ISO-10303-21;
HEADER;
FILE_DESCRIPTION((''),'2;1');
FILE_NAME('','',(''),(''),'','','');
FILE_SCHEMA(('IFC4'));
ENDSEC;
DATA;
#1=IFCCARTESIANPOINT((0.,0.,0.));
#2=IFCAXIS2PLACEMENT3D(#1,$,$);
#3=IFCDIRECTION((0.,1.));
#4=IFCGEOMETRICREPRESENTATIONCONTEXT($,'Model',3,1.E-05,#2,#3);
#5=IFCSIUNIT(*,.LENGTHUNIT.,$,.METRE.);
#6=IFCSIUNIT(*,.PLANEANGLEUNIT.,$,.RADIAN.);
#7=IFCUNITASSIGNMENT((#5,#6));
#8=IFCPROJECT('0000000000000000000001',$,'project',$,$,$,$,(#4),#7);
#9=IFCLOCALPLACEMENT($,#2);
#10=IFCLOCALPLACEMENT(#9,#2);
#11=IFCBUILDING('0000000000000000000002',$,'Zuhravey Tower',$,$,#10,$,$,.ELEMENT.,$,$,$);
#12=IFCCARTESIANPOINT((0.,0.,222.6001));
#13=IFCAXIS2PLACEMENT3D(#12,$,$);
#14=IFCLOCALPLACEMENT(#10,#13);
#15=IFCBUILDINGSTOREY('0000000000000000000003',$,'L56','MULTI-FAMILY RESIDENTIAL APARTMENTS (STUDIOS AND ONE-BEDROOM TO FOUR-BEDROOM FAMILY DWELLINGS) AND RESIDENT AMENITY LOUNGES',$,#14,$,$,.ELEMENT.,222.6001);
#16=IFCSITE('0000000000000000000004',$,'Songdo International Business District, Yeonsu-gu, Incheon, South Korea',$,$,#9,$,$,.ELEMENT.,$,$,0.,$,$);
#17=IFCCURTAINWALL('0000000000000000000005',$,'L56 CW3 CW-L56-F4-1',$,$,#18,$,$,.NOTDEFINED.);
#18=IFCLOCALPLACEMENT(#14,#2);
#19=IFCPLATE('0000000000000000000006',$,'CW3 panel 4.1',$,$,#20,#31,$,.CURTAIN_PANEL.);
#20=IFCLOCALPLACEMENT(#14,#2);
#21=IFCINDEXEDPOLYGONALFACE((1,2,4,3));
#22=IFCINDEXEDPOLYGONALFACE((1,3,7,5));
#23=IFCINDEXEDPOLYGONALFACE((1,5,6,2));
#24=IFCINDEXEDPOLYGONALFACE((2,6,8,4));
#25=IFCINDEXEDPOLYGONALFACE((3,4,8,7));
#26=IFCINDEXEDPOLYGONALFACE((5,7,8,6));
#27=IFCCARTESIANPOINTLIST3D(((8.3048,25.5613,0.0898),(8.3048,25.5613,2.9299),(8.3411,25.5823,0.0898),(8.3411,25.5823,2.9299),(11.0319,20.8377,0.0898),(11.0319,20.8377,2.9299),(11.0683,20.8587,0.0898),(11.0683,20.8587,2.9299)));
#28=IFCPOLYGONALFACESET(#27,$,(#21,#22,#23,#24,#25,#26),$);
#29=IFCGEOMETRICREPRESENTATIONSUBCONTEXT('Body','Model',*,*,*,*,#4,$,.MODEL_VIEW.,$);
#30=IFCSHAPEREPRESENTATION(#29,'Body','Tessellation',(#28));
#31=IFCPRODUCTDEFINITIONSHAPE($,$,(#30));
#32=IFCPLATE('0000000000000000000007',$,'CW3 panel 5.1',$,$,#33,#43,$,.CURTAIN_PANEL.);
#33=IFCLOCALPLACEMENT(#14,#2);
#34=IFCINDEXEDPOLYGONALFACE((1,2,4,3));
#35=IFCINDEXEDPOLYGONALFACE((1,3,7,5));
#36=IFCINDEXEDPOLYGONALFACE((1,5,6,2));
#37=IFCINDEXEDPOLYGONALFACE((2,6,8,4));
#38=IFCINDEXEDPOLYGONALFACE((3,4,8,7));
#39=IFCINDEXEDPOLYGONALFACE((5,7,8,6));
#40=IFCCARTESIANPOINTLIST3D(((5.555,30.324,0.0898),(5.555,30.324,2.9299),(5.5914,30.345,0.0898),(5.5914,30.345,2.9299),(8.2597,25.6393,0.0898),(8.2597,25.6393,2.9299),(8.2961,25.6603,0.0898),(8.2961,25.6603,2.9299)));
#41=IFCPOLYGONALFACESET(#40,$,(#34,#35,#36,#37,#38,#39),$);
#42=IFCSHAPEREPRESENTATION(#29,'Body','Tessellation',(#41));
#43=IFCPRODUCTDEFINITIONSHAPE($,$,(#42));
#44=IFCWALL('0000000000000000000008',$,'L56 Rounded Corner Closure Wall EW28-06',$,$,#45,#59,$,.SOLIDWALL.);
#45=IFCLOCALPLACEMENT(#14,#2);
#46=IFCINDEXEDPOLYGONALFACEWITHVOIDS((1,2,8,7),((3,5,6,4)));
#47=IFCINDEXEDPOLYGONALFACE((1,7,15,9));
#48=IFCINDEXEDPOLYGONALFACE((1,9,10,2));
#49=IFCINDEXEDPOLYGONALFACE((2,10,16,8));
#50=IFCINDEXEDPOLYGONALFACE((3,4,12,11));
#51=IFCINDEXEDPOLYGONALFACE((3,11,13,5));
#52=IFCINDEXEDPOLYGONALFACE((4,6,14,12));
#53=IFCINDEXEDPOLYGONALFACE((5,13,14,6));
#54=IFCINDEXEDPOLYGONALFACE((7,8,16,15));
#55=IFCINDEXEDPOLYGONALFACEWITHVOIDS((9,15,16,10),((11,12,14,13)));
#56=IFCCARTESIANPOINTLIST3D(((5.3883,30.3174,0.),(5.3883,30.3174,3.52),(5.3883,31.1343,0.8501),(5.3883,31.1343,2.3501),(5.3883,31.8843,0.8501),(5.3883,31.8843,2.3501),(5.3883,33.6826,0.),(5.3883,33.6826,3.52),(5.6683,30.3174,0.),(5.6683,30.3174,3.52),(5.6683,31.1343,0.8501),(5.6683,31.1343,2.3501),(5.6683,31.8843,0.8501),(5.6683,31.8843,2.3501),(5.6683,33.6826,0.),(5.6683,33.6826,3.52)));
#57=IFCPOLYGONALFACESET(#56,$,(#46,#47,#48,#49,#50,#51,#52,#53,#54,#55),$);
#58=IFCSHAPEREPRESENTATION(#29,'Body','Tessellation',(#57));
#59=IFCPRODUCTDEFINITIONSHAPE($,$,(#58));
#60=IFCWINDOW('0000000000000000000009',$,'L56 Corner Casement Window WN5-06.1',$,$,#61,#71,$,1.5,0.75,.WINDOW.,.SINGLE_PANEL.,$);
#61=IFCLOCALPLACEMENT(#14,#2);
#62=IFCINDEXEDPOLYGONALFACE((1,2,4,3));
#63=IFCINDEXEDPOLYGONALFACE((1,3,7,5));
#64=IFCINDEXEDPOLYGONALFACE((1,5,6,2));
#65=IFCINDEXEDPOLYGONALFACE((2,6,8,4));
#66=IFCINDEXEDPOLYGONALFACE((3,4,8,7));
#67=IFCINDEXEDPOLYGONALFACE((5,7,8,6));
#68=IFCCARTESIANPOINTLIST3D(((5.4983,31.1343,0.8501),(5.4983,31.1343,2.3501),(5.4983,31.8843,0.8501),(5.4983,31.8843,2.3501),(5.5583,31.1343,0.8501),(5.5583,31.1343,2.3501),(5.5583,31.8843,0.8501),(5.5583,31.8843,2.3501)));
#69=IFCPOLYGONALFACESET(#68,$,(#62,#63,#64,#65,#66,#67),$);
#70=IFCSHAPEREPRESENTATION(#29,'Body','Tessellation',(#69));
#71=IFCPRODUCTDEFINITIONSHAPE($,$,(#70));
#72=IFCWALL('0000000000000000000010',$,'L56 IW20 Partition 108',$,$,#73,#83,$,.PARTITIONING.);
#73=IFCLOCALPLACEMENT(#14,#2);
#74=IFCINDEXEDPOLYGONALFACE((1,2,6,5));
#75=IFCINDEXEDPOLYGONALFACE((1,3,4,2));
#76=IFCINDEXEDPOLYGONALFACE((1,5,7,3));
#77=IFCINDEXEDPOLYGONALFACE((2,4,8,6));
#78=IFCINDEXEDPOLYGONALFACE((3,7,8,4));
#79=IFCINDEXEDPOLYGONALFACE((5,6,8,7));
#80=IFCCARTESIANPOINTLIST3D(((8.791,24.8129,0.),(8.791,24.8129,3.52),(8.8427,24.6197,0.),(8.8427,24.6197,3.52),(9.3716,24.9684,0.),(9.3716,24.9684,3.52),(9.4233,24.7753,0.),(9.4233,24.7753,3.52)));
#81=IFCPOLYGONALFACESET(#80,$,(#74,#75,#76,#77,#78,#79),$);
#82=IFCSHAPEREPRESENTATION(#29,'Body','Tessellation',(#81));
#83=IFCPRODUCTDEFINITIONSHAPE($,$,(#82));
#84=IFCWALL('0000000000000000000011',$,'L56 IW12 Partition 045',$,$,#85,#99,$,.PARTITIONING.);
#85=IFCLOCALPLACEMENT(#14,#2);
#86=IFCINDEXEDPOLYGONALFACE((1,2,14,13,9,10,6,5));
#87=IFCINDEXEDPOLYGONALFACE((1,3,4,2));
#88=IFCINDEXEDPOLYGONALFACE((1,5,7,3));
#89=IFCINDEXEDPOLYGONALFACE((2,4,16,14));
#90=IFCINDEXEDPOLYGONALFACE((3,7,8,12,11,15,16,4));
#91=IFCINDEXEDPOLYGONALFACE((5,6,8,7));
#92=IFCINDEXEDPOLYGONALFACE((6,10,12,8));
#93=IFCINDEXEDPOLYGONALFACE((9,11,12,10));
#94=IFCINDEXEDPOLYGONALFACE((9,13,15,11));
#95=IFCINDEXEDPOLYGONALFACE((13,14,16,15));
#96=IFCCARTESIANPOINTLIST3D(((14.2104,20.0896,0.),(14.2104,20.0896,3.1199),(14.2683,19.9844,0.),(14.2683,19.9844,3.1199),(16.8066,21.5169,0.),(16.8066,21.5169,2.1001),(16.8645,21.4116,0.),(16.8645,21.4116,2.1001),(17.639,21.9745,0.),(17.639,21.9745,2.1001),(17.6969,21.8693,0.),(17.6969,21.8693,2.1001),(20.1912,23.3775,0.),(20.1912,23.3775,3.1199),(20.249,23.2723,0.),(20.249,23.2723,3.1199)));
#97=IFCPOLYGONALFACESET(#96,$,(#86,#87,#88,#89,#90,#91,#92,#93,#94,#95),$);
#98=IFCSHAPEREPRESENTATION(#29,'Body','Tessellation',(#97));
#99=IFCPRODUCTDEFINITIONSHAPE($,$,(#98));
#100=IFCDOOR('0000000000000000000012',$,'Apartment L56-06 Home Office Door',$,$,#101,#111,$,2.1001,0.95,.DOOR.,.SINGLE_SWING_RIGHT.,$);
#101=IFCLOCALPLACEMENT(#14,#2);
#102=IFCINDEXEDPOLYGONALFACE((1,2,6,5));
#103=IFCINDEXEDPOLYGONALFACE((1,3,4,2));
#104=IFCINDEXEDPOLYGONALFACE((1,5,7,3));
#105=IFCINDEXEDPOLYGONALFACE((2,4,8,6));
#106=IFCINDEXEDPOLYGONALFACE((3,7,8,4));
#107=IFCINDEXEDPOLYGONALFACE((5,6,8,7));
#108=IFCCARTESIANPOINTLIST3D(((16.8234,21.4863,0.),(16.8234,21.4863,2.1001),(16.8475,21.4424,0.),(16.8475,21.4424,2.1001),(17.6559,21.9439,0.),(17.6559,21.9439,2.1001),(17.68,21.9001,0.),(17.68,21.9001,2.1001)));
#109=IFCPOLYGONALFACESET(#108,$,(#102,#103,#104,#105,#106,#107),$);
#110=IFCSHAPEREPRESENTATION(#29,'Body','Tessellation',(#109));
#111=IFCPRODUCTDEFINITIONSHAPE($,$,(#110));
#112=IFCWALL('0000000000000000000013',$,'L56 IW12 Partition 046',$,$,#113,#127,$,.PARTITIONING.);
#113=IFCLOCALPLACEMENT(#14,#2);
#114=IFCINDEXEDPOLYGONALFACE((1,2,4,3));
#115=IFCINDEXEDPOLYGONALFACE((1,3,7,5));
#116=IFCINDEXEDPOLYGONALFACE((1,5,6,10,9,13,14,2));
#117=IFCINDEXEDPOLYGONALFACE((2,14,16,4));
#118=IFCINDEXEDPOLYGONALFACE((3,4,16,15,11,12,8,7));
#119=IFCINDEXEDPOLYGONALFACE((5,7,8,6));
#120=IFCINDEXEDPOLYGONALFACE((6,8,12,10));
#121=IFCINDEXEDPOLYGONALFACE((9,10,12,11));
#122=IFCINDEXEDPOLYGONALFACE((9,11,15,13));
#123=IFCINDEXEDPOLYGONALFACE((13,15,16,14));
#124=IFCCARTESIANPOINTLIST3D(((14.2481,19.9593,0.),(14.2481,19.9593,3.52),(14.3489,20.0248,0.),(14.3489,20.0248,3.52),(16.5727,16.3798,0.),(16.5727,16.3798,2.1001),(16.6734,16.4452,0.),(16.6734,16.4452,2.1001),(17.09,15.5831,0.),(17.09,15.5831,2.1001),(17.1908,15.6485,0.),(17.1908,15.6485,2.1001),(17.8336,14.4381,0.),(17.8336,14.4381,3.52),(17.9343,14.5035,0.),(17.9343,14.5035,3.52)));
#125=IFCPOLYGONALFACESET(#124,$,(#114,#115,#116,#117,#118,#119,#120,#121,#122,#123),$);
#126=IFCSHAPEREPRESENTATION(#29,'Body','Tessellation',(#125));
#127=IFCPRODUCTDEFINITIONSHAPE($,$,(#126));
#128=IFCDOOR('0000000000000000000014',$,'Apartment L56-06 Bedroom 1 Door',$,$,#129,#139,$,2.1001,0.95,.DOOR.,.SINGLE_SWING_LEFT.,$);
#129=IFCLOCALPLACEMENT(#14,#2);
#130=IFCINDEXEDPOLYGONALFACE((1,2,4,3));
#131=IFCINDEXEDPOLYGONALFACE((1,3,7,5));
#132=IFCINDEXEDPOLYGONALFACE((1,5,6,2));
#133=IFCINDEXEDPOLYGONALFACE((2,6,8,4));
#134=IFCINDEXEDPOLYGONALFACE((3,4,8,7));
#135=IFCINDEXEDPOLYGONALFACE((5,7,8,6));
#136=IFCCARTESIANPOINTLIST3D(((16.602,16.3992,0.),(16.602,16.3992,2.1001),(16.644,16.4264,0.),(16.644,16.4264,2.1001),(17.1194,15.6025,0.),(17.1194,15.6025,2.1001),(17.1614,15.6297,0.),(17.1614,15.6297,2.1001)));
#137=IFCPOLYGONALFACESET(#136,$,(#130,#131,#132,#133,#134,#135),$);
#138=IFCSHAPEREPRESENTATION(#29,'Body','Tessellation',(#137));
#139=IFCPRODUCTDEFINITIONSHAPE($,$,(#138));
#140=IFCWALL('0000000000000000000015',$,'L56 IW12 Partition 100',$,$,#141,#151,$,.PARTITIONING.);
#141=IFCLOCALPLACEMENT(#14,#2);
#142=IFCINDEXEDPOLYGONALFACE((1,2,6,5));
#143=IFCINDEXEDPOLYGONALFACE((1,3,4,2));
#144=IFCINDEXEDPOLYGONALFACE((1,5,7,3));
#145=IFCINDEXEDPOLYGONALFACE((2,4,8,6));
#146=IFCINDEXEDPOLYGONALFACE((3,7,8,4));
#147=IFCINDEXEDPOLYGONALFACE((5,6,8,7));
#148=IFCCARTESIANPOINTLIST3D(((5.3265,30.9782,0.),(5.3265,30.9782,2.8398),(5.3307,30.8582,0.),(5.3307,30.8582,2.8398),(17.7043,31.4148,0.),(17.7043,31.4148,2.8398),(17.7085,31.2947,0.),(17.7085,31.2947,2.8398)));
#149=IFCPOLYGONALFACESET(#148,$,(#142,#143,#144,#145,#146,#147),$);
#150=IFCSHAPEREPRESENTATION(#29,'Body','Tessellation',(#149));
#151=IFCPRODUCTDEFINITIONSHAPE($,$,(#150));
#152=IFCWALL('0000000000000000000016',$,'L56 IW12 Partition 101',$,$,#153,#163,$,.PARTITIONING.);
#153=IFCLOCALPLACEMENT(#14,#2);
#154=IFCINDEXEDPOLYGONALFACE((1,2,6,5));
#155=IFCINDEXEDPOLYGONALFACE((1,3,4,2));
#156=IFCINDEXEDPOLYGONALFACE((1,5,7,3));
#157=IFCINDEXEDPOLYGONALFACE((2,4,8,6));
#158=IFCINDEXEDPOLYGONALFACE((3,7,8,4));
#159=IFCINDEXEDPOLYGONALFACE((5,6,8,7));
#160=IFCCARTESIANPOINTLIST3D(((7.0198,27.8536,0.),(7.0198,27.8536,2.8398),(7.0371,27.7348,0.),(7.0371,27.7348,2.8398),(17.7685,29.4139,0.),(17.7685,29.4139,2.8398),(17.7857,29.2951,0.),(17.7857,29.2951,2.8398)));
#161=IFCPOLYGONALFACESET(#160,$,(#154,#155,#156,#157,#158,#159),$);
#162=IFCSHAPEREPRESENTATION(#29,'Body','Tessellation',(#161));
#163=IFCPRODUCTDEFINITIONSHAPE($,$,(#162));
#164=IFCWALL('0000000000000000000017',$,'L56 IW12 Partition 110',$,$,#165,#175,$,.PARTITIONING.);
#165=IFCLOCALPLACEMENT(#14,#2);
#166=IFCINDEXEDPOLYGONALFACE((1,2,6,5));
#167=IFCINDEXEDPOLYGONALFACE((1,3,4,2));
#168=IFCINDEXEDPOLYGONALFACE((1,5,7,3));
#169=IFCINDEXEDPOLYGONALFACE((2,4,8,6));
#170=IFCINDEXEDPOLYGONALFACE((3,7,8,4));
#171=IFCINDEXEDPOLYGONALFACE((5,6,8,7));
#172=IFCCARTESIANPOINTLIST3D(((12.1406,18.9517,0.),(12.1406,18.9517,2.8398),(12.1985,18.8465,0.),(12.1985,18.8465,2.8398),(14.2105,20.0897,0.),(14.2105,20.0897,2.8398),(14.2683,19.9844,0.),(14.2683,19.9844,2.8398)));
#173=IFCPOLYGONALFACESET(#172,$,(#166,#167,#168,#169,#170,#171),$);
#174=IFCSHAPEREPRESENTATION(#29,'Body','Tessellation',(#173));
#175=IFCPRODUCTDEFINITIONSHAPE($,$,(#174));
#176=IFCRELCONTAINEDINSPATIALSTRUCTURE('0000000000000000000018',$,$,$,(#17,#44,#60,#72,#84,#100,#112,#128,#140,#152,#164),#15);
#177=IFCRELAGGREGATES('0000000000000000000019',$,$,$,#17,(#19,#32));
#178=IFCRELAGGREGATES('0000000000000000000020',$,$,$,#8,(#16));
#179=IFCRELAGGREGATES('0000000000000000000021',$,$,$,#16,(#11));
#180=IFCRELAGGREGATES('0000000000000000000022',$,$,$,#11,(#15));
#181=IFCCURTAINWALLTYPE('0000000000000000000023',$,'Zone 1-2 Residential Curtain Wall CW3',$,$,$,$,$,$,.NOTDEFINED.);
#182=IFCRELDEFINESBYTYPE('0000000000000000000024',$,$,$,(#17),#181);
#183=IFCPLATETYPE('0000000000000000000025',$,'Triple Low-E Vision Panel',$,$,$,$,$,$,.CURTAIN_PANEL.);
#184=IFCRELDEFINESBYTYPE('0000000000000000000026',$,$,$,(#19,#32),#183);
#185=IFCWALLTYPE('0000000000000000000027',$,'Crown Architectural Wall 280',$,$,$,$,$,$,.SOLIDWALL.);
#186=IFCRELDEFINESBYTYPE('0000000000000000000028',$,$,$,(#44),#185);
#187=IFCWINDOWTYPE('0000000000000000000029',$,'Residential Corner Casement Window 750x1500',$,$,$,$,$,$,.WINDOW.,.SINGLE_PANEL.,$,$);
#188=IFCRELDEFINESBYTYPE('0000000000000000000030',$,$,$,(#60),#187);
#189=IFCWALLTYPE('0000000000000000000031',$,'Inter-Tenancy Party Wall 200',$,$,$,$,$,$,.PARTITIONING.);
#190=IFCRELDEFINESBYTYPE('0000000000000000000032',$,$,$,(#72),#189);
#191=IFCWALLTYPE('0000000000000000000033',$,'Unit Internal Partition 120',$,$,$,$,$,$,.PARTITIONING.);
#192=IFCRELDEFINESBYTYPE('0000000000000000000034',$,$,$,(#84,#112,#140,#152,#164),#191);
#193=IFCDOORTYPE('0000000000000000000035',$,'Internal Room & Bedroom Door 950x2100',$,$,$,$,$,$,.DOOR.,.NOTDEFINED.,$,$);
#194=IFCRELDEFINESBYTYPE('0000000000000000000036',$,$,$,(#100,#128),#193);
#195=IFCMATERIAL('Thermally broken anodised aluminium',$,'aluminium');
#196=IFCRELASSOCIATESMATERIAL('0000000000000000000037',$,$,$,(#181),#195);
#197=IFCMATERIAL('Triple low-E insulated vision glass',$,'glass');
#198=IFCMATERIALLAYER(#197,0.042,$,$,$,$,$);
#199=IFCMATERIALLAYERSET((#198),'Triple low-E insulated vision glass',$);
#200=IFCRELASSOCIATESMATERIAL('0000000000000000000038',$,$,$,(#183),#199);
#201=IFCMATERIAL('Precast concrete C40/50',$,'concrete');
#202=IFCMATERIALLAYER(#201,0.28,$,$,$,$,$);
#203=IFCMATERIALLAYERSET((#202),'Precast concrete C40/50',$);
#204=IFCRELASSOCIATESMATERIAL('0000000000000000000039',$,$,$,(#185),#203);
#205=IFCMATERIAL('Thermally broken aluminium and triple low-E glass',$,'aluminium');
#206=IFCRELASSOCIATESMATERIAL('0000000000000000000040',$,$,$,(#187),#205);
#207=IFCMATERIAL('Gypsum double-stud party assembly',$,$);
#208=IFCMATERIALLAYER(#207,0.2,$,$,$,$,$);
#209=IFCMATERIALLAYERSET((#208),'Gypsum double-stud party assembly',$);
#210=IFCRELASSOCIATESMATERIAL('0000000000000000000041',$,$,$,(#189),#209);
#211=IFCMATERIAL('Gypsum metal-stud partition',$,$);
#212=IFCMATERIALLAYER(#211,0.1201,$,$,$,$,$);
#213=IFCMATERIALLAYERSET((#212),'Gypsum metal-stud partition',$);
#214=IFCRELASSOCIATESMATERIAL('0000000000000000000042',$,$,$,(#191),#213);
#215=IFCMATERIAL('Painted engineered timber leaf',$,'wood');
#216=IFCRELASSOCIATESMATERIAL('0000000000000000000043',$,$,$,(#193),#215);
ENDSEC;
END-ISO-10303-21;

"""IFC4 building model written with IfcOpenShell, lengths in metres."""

from ifc_helpers import new_model, si_unit, direction, frame, frame_2d, origin, origin_2d, place, context, subcontext, project, spatial, rectangle, extrude, material, layer, layer_set, type_object, element, fill, aggregate, save


model = new_model("IFC4")

# Units and contexts
model_context = context("Model", 3, precision=1e-05, world=origin(), true_north=direction((0.0, 1.0)))
body_context = subcontext(model_context, "Body", "Model", "MODEL_VIEW")
ifc_project = project(units=[si_unit("LENGTHUNIT", "METRE"), si_unit("PLANEANGLEUNIT", "RADIAN")], contexts=[model_context])

# Site, building, storey
site_placement = place(None, origin())
site = spatial("IfcSite", under=ifc_project, at=site_placement, Name="Songdo International Business District, Yeonsu-gu, Incheon, South Korea", CompositionType="ELEMENT", RefElevation=0.0)
building_placement = place(site_placement, origin())
building = spatial("IfcBuilding", under=site, at=building_placement, Name="Zuhravey Tower", CompositionType="ELEMENT")
storey_placement = place(building_placement, frame((0.0, 0.0, 222.6001)))
storey = spatial("IfcBuildingStorey", under=building, at=storey_placement, Name="L56", Description="MULTI-FAMILY RESIDENTIAL APARTMENTS (STUDIOS AND ONE-BEDROOM TO FOUR-BEDROOM FAMILY DWELLINGS) AND RESIDENT AMENITY LOUNGES", CompositionType="ELEMENT", Elevation=222.6001)

# Curtain wall
ifc_material_1 = material(Name="Thermally broken anodised aluminium", Category="aluminium")
curtain_wall_type = type_object("IfcCurtainWallType", Name="Zone 1-2 Residential Curtain Wall CW3", PredefinedType="NOTDEFINED", material=ifc_material_1)
curtain_wall_placement = place(storey_placement, origin())
curtain_wall = element("IfcCurtainWall", 1, at=curtain_wall_placement, inside=storey, type_object=curtain_wall_type, Name="L56 CW3 CW-L56-F4-1", PredefinedType="NOTDEFINED")

# Plates
ifc_material_2 = material(Name="Triple low-E insulated vision glass", Category="glass")
ifc_layer_1 = layer(ifc_material_2, 0.042)
ifc_layer_set_1 = layer_set([ifc_layer_1], Name="Triple low-E insulated vision glass")
plate_type_1 = type_object("IfcPlateType", Name="Triple Low-E Vision Panel", PredefinedType="CURTAIN_PANEL", material=ifc_layer_set_1)
plate_1_placement = place(storey_placement, frame((9.6865, 23.21, 0.0898), z_axis=(0.0, 0.0, 1.0), x_axis=(-0.5, 0.866025, 0.0)))
plate_1 = element("IfcPlate", 2, at=plate_1_placement, type_object=plate_type_1, Name="CW3 panel 4.1", PredefinedType="CURTAIN_PANEL", context=body_context, shape_type="SweptSolid", body=[
    extrude(rectangle(XDim=5.4543, YDim=0.042, at=origin_2d()), origin(), (0.0, 0.0, 1.0), 2.8401),
])
plate_2_placement = place(storey_placement, frame((6.9255, 27.9922, 0.0898), z_axis=(0.0, 0.0, 1.0), x_axis=(-0.5, 0.866025, 0.0)))
plate_2 = element("IfcPlate", 3, at=plate_2_placement, type_object=plate_type_1, Name="CW3 panel 5.1", PredefinedType="CURTAIN_PANEL", context=body_context, shape_type="SweptSolid", body=[
    extrude(rectangle(XDim=5.4094, YDim=0.042, at=origin_2d()), origin(), (0.0, 0.0, 1.0), 2.8401),
])
aggregate(curtain_wall, [plate_1, plate_2])

# Wall, opening, window
ifc_material_3 = material(Name="Precast concrete C40/50", Category="concrete")
ifc_layer_2 = layer(ifc_material_3, 0.28)
ifc_layer_set_2 = layer_set([ifc_layer_2], Name="Precast concrete C40/50")
wall_type_1 = type_object("IfcWallType", Name="Crown Architectural Wall 280", PredefinedType="SOLIDWALL", material=ifc_layer_set_2)
wall_1_placement = place(storey_placement, frame((5.5283, 30.3174, 0.0), z_axis=(0.0, 0.0, 1.0), x_axis=(0.0, 1.0, 0.0)))
wall_1 = element("IfcWall", 4, at=wall_1_placement, inside=storey, type_object=wall_type_1, Name="L56 Rounded Corner Closure Wall EW28-06", PredefinedType="SOLIDWALL", context=body_context, shape_type="SweptSolid", body=[
    extrude(rectangle(XDim=3.3652, YDim=0.28, at=frame_2d((1.6826, 0.0))), origin(), (0.0, 0.0, 1.0), 3.52),
])
opening_1_placement = place(wall_1_placement, frame((0.8169, 0.0, 0.8501)))
opening_1 = element("IfcOpeningElement", 5, at=opening_1_placement, cuts=wall_1, PredefinedType="OPENING", context=body_context, shape_type="SweptSolid", body=[
    extrude(rectangle(XDim=0.75, YDim=1.5, at=frame_2d((0.375, 0.75))), frame((0.0, 0.1521, 0.0), z_axis=(0.0, -1.0, 0.0), x_axis=(1.0, 0.0, 0.0)), (0.0, 0.0, 1.0), 0.304),
])
ifc_material_4 = material(Name="Thermally broken aluminium and triple low-E glass", Category="aluminium")
window_type = type_object("IfcWindowType", Name="Residential Corner Casement Window 750x1500", PartitioningType="SINGLE_PANEL", PredefinedType="WINDOW", material=ifc_material_4)
window_placement = place(opening_1_placement, origin())
window = element("IfcWindow", 6, at=window_placement, inside=storey, type_object=window_type, Name="L56 Corner Casement Window WN5-06.1", OverallHeight=1.5, OverallWidth=0.75, PartitioningType="SINGLE_PANEL", PredefinedType="WINDOW", context=body_context, shape_type="SweptSolid", body=[
    extrude(rectangle(XDim=0.75, YDim=1.5, at=frame_2d((0.375, 0.75))), frame((0.0, 0.03, 0.0), z_axis=(0.0, -1.0, 0.0), x_axis=(1.0, 0.0, 0.0)), (0.0, 0.0, 1.0), 0.0601),
])
fill(opening_1, window)

# Wall
ifc_material_5 = material(Name="Gypsum double-stud party assembly")
ifc_layer_3 = layer(ifc_material_5, 0.2)
ifc_layer_set_3 = layer_set([ifc_layer_3], Name="Gypsum double-stud party assembly")
wall_type_2 = type_object("IfcWallType", Name="Inter-Tenancy Party Wall 200", PredefinedType="PARTITIONING", material=ifc_layer_set_3)
wall_2_placement = place(storey_placement, frame((9.3975, 24.8718, 0.0), z_axis=(0.0, 0.0, 1.0), x_axis=(-0.965944, -0.25875, 0.0)))
element("IfcWall", 7, at=wall_2_placement, inside=storey, type_object=wall_type_2, Name="L56 IW20 Partition 108", PredefinedType="PARTITIONING", context=body_context, shape_type="SweptSolid", body=[
    extrude(rectangle(XDim=0.6011, YDim=0.2, at=frame_2d((0.3005, 0.0))), origin(), (0.0, 0.0, 1.0), 3.52),
])

# Walls, openings, doors
ifc_material_6 = material(Name="Gypsum metal-stud partition")
ifc_layer_4 = layer(ifc_material_6, 0.1201)
ifc_layer_set_4 = layer_set([ifc_layer_4], Name="Gypsum metal-stud partition")
wall_type_3 = type_object("IfcWallType", Name="Unit Internal Partition 120", PredefinedType="PARTITIONING", material=ifc_layer_set_4)
wall_3_placement = place(storey_placement, frame((20.2202, 23.325, 0.0), z_axis=(0.0, 0.0, 1.0), x_axis=(-0.876312, -0.481744, 0.0)))
wall_3 = element("IfcWall", 8, at=wall_3_placement, inside=storey, type_object=wall_type_3, Name="L56 IW12 Partition 045", PredefinedType="PARTITIONING", context=body_context, shape_type="SweptSolid", body=[
    extrude(rectangle(XDim=6.825, YDim=0.1201, at=frame_2d((3.4126, 0.0))), origin(), (0.0, 0.0, 1.0), 3.1199),
])
opening_2_placement = place(wall_3_placement, frame((2.9124, 0.0, 0.0)))
opening_2 = element("IfcOpeningElement", 9, at=opening_2_placement, cuts=wall_3, PredefinedType="OPENING", context=body_context, shape_type="SweptSolid", body=[
    extrude(rectangle(XDim=0.95, YDim=2.1001, at=frame_2d((0.4751, 1.05))), frame((0.0, 0.072, 0.0), z_axis=(0.0, -1.0, 0.0), x_axis=(1.0, 0.0, 0.0)), (0.0, 0.0, 1.0), 0.144),
])
ifc_material_7 = material(Name="Painted engineered timber leaf", Category="wood")
door_type = type_object("IfcDoorType", Name="Internal Room & Bedroom Door 950x2100", OperationType="NOTDEFINED", PredefinedType="DOOR", material=ifc_material_7)
door_1_placement = place(opening_2_placement, origin())
door_1 = element("IfcDoor", 10, at=door_1_placement, inside=storey, type_object=door_type, Name="Apartment L56-06 Home Office Door", OperationType="SINGLE_SWING_RIGHT", OverallHeight=2.1001, OverallWidth=0.95, PredefinedType="DOOR", context=body_context, shape_type="SweptSolid", body=[
    extrude(rectangle(XDim=0.95, YDim=2.1001, at=frame_2d((0.4751, 1.05))), frame((0.0, 0.0249, 0.0), z_axis=(0.0, -1.0, 0.0), x_axis=(1.0, 0.0, 0.0)), (0.0, 0.0, 1.0), 0.05),
])
fill(opening_2, door_1)
wall_4_placement = place(storey_placement, frame((14.2986, 19.9919, 0.0), z_axis=(0.0, 0.0, 1.0), x_axis=(0.54463, -0.838677, 0.0)))
wall_4 = element("IfcWall", 11, at=wall_4_placement, inside=storey, type_object=wall_type_3, Name="L56 IW12 Partition 046", PredefinedType="PARTITIONING", context=body_context, shape_type="SweptSolid", body=[
    extrude(rectangle(XDim=6.5833, YDim=0.1201, at=frame_2d((3.2915, 0.0))), origin(), (0.0, 0.0, 1.0), 3.52),
])
opening_3_placement = place(wall_4_placement, frame((4.2678, 0.0, 0.0)))
opening_3 = element("IfcOpeningElement", 12, at=opening_3_placement, cuts=wall_4, PredefinedType="OPENING", context=body_context, shape_type="SweptSolid", body=[
    extrude(rectangle(XDim=0.95, YDim=2.1001, at=frame_2d((0.4751, 1.05))), frame((0.0, 0.072, 0.0), z_axis=(0.0, -1.0, 0.0), x_axis=(1.0, 0.0, 0.0)), (0.0, 0.0, 1.0), 0.144),
])
door_2_placement = place(opening_3_placement, frame((0.95, 0.0, 0.0), z_axis=(0.0, 0.0, 1.0), x_axis=(-1.0, 0.0, 0.0)))
door_2 = element("IfcDoor", 13, at=door_2_placement, inside=storey, type_object=door_type, Name="Apartment L56-06 Bedroom 1 Door", OperationType="SINGLE_SWING_LEFT", OverallHeight=2.1001, OverallWidth=0.95, PredefinedType="DOOR", context=body_context, shape_type="SweptSolid", body=[
    extrude(rectangle(XDim=0.95, YDim=2.1001, at=frame_2d((0.4751, 1.05))), frame((0.0, 0.0249, 0.0), z_axis=(0.0, -1.0, 0.0), x_axis=(1.0, 0.0, 0.0)), (0.0, 0.0, 1.0), 0.05),
])
fill(opening_3, door_2)

# Walls
wall_5_placement = place(storey_placement, frame((17.7065, 31.3547, 0.0), z_axis=(0.0, 0.0, 1.0), x_axis=(-0.999379, -0.035245, 0.0)))
element("IfcWall", 14, at=wall_5_placement, inside=storey, type_object=wall_type_3, Name="L56 IW12 Partition 100", PredefinedType="PARTITIONING", context=body_context, shape_type="SweptSolid", body=[
    extrude(rectangle(XDim=12.3855, YDim=0.1201, at=frame_2d((6.1929, 0.0))), origin(), (0.0, 0.0, 1.0), 2.8398),
])
wall_6_placement = place(storey_placement, frame((17.7771, 29.3545, 0.0), z_axis=(0.0, 0.0, 1.0), x_axis=(-0.989628, -0.143655, 0.0)))
element("IfcWall", 15, at=wall_6_placement, inside=storey, type_object=wall_type_3, Name="L56 IW12 Partition 101", PredefinedType="PARTITIONING", context=body_context, shape_type="SweptSolid", body=[
    extrude(rectangle(XDim=10.8613, YDim=0.1201, at=frame_2d((5.4307, 0.0))), origin(), (0.0, 0.0, 1.0), 2.8398),
])
wall_7_placement = place(storey_placement, frame((14.2395, 20.0371, 0.0), z_axis=(0.0, 0.0, 1.0), x_axis=(-0.876299, -0.481768, 0.0)))
element("IfcWall", 16, at=wall_7_placement, inside=storey, type_object=wall_type_3, Name="L56 IW12 Partition 110", PredefinedType="PARTITIONING", context=body_context, shape_type="SweptSolid", body=[
    extrude(rectangle(XDim=2.3621, YDim=0.1201, at=frame_2d((1.1812, 0.0))), origin(), (0.0, 0.0, 1.0), 2.8398),
])

save(model, "model.ifc")
